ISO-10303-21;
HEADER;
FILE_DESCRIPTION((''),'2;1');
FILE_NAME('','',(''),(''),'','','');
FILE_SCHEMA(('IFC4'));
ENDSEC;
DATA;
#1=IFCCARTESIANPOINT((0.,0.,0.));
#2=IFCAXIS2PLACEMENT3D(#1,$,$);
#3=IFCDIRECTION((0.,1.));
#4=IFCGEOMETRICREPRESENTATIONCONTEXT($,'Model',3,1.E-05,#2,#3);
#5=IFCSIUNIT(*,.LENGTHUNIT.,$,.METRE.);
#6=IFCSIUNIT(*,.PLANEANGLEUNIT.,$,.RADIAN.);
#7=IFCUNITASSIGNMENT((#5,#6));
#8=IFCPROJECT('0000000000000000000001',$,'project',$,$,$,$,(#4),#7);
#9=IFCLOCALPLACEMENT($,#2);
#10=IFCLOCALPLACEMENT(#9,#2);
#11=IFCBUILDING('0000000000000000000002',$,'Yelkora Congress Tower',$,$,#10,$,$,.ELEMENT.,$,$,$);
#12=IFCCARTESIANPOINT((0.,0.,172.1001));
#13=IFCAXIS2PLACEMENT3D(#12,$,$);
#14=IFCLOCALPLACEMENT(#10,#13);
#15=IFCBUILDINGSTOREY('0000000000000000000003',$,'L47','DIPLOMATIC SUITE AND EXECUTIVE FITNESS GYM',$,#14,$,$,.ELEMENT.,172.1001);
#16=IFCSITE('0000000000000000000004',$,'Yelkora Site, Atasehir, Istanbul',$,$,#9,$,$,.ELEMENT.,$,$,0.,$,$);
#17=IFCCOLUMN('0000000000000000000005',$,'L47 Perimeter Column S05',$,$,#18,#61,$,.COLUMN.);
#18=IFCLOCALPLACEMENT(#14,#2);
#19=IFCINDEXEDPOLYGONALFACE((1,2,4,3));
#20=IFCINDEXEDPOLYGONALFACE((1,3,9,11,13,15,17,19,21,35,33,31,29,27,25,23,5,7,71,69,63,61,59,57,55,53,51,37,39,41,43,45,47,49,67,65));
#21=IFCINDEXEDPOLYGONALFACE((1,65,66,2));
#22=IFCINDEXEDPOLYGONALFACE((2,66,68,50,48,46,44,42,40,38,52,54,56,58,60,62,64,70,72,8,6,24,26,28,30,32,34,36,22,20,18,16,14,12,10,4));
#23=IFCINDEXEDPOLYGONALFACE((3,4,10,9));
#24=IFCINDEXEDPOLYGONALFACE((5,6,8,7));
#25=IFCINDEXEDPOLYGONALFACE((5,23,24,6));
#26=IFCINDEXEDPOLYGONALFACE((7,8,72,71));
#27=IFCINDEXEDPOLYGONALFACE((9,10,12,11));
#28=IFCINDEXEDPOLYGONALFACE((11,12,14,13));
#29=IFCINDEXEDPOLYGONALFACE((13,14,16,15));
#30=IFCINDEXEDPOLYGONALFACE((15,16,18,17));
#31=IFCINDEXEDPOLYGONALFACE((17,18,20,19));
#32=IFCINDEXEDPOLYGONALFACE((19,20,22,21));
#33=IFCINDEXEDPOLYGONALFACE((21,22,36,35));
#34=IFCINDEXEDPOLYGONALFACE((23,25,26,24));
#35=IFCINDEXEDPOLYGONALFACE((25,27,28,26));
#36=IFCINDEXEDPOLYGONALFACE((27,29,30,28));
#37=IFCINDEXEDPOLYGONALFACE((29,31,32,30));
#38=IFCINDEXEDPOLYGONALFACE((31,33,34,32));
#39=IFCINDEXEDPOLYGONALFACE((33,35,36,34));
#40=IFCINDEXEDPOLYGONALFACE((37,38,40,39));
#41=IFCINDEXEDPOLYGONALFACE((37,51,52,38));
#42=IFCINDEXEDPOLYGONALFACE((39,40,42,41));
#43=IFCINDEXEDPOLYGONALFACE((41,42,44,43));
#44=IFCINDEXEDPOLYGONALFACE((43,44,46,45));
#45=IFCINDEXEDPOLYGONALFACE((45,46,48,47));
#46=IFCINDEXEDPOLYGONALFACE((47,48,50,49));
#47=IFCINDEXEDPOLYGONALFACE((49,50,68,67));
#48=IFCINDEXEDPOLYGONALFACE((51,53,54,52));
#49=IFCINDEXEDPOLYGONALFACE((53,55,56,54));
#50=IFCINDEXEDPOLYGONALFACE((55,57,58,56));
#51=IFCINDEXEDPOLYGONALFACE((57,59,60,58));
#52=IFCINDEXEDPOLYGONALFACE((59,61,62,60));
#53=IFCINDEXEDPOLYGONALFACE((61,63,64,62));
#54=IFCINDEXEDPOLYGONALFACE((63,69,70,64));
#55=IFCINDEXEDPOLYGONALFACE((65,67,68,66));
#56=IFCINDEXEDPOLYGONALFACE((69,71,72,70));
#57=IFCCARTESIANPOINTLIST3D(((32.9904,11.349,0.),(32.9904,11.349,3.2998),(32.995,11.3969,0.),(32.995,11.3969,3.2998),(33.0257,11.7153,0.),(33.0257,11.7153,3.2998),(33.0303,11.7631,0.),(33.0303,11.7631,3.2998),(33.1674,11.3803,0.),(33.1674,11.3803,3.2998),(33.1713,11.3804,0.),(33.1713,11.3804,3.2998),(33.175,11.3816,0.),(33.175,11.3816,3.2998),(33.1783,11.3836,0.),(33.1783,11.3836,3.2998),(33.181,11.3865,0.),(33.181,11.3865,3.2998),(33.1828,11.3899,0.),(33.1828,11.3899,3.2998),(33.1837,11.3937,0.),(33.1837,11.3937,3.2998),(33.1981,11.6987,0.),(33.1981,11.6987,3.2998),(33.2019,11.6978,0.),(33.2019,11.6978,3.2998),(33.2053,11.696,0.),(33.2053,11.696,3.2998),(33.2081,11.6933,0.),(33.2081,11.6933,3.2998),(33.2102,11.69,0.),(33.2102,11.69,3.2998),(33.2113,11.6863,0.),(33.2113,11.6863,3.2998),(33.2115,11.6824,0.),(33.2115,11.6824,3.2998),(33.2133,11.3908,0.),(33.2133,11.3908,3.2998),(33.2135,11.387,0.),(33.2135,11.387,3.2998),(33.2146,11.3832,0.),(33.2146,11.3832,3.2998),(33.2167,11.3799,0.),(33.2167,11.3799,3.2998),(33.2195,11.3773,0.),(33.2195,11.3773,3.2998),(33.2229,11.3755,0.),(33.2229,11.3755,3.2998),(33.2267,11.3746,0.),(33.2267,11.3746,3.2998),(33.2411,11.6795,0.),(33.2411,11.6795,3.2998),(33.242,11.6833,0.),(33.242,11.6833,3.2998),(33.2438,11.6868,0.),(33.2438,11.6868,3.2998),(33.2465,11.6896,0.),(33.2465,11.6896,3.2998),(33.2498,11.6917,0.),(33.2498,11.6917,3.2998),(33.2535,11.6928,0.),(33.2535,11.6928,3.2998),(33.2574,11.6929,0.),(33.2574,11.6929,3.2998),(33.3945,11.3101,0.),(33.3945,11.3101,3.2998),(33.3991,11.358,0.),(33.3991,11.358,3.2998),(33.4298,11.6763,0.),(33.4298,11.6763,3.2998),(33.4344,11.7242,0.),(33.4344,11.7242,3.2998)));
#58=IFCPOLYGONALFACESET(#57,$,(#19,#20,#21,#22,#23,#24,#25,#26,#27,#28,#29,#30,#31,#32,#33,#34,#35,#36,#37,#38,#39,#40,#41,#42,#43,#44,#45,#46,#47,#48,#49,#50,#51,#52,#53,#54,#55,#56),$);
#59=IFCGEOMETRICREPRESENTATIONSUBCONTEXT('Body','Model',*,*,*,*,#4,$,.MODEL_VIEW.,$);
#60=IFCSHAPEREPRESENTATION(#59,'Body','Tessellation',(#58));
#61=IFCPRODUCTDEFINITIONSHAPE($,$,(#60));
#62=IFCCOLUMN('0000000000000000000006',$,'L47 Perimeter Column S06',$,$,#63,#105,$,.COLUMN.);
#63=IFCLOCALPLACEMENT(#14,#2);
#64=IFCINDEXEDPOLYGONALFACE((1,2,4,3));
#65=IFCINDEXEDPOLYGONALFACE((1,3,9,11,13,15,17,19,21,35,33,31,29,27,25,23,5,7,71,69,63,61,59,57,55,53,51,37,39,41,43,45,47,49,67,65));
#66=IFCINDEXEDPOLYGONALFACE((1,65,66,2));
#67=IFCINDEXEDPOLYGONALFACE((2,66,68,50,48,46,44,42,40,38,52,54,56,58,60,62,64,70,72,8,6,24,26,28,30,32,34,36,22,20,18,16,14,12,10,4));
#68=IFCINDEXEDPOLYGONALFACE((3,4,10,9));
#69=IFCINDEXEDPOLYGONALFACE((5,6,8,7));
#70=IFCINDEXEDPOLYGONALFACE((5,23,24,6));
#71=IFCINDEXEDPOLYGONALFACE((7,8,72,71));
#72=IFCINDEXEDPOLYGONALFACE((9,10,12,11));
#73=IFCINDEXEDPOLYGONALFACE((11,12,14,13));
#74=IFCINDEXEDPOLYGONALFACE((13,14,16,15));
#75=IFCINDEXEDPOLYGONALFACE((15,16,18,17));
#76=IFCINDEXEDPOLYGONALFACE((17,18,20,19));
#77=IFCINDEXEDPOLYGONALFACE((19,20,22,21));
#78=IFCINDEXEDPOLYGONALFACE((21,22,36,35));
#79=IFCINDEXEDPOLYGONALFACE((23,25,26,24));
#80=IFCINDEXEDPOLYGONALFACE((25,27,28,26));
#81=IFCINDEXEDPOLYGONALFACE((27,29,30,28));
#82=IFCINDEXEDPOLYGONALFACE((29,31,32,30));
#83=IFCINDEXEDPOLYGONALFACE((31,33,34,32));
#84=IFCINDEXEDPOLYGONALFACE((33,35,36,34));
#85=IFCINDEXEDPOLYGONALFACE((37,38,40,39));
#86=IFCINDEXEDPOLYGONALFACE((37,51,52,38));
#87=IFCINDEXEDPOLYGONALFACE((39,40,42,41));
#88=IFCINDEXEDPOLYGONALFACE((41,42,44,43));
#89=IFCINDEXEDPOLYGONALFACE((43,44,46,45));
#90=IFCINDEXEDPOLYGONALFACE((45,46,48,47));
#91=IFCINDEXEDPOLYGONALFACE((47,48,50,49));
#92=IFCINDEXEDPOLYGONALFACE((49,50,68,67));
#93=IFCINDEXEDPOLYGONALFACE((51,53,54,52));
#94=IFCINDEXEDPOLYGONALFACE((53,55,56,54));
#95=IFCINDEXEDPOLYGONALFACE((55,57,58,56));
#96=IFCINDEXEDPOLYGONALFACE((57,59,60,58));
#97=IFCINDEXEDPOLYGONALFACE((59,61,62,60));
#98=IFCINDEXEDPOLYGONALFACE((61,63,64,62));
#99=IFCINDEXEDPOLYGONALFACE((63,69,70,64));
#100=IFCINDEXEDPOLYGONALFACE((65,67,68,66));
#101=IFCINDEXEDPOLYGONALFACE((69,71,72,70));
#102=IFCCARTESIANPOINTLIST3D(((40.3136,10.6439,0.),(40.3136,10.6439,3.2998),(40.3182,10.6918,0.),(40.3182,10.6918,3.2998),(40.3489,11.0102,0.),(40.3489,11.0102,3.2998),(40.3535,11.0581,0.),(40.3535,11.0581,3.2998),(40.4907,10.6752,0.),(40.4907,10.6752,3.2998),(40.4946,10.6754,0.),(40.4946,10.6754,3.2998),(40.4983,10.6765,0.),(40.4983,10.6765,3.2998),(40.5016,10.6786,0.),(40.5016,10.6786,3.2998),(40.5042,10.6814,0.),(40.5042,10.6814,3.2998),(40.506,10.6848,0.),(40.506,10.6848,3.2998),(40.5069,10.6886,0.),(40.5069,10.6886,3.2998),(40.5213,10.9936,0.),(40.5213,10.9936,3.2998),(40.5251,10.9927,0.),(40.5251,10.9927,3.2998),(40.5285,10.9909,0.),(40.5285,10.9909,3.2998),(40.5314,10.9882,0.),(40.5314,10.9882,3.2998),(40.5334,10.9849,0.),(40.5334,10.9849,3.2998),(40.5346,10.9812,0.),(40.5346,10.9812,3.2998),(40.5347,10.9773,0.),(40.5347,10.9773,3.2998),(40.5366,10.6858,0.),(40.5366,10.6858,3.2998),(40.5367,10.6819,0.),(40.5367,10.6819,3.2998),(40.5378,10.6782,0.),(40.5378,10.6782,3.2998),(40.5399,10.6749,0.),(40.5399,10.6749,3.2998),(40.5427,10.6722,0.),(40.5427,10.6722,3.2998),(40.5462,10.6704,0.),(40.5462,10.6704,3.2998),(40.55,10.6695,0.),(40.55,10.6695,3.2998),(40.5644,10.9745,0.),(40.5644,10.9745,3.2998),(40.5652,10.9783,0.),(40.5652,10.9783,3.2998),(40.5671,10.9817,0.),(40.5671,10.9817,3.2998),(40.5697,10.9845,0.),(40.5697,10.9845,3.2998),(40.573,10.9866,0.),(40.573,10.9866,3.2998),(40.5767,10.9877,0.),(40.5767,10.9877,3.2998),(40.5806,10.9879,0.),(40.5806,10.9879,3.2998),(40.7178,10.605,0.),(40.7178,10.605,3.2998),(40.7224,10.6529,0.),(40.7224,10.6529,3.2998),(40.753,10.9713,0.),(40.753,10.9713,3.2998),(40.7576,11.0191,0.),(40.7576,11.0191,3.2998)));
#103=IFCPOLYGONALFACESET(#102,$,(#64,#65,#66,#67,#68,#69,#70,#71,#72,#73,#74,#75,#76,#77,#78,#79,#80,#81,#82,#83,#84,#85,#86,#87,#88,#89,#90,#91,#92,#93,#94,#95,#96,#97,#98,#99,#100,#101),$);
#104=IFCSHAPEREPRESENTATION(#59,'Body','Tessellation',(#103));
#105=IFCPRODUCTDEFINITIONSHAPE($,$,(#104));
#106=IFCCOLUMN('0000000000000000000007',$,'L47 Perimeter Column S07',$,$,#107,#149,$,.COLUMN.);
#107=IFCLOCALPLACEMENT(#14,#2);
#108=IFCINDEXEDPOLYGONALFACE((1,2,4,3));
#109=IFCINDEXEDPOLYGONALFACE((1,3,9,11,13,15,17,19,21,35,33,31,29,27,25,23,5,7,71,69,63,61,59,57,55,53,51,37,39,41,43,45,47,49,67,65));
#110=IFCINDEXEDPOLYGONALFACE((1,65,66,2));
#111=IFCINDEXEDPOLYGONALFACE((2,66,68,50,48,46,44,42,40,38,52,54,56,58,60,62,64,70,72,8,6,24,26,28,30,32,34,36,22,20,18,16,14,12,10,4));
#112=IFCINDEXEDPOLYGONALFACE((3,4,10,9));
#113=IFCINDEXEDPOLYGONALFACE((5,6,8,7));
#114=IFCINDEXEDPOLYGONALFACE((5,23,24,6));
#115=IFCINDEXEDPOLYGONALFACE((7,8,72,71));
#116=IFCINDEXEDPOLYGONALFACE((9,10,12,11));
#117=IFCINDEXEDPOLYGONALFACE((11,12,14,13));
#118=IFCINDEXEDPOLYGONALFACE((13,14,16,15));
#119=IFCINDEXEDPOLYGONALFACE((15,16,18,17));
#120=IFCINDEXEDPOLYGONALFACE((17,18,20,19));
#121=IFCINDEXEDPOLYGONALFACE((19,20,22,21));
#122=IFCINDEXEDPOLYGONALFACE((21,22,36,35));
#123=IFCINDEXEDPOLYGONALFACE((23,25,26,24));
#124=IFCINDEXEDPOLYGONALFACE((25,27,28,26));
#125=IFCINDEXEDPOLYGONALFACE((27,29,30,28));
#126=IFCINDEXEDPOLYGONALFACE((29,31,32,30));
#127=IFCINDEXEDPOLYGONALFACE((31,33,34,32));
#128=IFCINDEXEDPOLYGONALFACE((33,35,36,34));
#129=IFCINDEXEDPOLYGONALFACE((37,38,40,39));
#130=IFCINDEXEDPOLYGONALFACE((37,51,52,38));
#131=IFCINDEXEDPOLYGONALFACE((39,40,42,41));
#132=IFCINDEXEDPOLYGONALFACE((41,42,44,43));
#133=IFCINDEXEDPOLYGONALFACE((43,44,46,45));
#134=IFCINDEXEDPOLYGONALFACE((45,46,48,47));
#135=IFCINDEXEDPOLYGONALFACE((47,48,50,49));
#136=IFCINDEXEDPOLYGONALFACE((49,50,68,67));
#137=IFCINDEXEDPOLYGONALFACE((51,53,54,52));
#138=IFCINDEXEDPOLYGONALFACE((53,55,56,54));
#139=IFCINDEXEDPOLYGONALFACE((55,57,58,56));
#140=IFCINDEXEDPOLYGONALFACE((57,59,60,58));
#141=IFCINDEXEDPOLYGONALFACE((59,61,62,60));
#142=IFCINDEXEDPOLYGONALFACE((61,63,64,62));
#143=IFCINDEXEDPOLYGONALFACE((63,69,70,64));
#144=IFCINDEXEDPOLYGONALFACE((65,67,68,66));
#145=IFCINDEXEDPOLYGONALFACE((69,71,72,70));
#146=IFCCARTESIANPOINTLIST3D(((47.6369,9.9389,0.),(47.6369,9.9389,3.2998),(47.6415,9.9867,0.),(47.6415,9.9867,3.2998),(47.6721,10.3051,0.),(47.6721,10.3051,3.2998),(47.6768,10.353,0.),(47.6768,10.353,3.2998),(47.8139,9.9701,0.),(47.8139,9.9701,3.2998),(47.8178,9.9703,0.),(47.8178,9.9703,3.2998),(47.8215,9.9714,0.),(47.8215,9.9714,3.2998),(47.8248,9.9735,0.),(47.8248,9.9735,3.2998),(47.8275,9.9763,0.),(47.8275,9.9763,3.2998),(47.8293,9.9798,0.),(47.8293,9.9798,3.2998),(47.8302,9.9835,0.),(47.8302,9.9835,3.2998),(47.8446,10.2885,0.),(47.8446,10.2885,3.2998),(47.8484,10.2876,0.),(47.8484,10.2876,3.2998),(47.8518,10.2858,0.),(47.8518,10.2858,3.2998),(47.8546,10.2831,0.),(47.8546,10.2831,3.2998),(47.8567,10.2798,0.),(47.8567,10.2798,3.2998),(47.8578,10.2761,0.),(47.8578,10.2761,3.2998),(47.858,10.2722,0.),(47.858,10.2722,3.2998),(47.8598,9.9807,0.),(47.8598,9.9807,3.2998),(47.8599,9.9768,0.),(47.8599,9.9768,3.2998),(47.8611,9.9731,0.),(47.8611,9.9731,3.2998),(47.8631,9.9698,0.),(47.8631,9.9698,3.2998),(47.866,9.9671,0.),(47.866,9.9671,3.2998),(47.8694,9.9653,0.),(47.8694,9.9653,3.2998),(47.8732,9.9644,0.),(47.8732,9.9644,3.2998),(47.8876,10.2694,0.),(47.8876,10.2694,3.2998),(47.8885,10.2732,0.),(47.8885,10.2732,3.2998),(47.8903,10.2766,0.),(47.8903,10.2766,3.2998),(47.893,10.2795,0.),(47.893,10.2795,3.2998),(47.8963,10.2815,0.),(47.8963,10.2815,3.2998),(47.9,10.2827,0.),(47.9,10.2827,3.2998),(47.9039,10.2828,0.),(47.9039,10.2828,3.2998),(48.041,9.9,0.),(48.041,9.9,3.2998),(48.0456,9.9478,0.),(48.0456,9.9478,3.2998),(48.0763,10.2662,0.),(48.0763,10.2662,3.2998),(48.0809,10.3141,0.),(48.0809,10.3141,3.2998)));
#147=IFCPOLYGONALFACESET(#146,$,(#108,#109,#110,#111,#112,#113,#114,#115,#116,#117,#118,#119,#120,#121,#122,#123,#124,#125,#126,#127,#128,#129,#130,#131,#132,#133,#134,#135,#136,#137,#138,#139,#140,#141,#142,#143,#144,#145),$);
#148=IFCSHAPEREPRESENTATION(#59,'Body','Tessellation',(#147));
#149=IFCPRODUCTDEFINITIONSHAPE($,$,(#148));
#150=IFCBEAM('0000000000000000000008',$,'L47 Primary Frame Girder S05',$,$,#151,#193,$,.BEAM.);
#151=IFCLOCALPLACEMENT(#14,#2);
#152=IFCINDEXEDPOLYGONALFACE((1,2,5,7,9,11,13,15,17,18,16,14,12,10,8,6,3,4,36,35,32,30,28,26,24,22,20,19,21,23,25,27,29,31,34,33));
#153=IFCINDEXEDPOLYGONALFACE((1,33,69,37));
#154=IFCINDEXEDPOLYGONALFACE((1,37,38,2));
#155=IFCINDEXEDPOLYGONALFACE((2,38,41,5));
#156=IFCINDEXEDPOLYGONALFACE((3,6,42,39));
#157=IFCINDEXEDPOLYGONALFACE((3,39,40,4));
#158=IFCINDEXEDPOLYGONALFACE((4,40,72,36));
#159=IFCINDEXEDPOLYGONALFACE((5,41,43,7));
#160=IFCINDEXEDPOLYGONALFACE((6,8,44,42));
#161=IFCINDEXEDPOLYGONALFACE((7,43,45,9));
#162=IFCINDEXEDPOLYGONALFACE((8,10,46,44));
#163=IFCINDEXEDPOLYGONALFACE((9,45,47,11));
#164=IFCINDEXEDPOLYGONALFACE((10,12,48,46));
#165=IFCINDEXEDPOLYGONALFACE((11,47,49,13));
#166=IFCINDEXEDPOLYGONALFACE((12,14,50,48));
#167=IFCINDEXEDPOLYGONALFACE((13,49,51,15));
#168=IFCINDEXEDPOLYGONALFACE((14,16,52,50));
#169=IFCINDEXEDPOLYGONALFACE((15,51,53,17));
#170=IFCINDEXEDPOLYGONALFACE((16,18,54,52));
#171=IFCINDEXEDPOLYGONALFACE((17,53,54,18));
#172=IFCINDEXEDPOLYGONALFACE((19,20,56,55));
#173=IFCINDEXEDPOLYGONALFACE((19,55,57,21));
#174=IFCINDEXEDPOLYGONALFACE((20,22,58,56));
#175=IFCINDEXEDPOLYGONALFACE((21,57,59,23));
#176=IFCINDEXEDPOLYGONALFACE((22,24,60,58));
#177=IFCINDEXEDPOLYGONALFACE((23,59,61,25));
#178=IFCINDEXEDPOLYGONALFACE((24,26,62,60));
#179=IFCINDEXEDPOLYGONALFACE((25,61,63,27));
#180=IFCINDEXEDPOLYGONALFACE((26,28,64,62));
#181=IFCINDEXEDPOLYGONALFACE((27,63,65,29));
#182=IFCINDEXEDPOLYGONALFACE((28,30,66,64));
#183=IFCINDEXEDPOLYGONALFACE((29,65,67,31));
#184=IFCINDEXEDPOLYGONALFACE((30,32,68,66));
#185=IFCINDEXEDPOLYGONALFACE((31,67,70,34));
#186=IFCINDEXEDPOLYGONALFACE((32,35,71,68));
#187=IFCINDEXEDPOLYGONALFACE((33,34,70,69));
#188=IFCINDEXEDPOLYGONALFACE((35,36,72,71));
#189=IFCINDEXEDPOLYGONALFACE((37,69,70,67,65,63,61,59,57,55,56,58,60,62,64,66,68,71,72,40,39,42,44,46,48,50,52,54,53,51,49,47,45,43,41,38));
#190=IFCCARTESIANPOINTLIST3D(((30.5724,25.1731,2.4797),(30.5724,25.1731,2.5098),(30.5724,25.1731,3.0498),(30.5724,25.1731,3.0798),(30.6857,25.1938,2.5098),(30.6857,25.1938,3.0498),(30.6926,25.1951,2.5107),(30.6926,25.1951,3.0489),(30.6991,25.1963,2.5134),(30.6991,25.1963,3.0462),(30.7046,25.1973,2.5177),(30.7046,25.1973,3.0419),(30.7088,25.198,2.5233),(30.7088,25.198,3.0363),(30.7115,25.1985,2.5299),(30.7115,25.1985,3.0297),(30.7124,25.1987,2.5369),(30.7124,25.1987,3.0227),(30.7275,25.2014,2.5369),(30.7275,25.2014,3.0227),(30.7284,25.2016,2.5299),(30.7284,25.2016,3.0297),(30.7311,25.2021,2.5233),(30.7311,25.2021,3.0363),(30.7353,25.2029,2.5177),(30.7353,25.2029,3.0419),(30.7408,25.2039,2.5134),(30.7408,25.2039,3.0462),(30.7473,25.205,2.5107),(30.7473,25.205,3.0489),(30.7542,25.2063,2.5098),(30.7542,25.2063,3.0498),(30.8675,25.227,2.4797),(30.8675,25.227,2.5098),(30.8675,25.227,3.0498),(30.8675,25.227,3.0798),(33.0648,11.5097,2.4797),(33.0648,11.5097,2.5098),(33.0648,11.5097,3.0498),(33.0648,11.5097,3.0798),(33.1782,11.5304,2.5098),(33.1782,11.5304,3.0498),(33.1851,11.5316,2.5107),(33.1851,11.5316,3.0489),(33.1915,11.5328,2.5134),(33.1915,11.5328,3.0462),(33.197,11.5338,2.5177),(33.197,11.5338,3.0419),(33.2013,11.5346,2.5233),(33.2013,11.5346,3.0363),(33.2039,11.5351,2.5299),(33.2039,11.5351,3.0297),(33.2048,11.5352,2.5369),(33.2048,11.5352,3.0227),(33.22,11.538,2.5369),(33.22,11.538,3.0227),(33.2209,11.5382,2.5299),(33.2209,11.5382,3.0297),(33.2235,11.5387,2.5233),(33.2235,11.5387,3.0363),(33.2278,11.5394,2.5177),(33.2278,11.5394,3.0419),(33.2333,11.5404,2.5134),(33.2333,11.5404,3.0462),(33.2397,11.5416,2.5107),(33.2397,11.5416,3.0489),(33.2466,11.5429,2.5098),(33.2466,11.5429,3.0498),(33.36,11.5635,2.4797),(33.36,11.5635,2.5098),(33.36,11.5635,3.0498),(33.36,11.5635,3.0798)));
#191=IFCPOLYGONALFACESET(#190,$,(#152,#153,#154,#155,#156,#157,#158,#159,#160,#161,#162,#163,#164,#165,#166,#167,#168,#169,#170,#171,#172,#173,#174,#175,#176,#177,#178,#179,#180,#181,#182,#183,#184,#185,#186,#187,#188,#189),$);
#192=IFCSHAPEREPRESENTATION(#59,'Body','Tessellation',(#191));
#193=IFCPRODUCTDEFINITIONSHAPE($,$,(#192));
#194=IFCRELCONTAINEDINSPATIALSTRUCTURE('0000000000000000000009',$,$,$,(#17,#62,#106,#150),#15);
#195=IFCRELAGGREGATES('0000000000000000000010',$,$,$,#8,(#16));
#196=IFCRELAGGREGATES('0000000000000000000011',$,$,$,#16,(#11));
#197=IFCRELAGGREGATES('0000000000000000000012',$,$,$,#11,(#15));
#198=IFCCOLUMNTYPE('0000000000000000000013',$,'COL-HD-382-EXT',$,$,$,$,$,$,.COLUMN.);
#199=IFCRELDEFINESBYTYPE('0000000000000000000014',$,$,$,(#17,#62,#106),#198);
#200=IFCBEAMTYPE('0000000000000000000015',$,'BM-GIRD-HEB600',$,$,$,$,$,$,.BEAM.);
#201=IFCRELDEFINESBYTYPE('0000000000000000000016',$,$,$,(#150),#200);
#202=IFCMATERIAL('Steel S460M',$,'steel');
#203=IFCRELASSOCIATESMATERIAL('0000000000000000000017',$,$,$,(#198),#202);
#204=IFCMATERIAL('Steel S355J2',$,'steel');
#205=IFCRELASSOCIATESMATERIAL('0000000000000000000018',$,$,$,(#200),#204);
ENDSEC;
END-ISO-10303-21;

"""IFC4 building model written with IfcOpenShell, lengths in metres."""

from ifc_helpers import new_model, si_unit, direction, frame, origin, origin_2d, place, context, subcontext, project, spatial, i_section, extrude, material, material_profile, profile_set, type_object, element, save


model = new_model("IFC4")

# Units and contexts
model_context = context("Model", 3, precision=1e-05, world=origin(), true_north=direction((0.0, 1.0)))
body_context = subcontext(model_context, "Body", "Model", "MODEL_VIEW")
ifc_project = project(units=[si_unit("LENGTHUNIT", "METRE"), si_unit("PLANEANGLEUNIT", "RADIAN")], contexts=[model_context])

# Site, building, storey
site_placement = place(None, origin())
site = spatial("IfcSite", under=ifc_project, at=site_placement, Name="Yelkora Site, Atasehir, Istanbul", CompositionType="ELEMENT", RefElevation=0.0)
building_placement = place(site_placement, origin())
building = spatial("IfcBuilding", under=site, at=building_placement, Name="Yelkora Congress Tower", CompositionType="ELEMENT")
storey_placement = place(building_placement, frame((0.0, 0.0, 172.1001)))
storey = spatial("IfcBuildingStorey", under=building, at=storey_placement, Name="L47", Description="DIPLOMATIC SUITE AND EXECUTIVE FITNESS GYM", CompositionType="ELEMENT", Elevation=172.1001)

# Columns
ifc_material_1 = material(Name="Steel S460M", Category="steel")
ifc_material_profile_1 = material_profile(ifc_material_1, i_section(OverallWidth=0.406, OverallDepth=0.416, WebThickness=0.0298, FlangeThickness=0.0481, FilletRadius=0.0149, at=origin_2d()), Name="HD 400x382")
ifc_profile_set_1 = profile_set([ifc_material_profile_1], Name="Steel S460M")
column_type = type_object("IfcColumnType", Name="COL-HD-382-EXT", PredefinedType="COLUMN", material=ifc_profile_set_1)
for number, where, z_axis, x_axis, name in (
    (1, (33.2124, 11.5366, 0.0), (0.0, 0.0, 1.0), (0.995396, -0.095846, 0.0), "L47 Perimeter Column S05"),
    (2, (40.5356, 10.8315, 0.0), (0.0, 0.0, 1.0), (0.995396, -0.095846, 0.0), "L47 Perimeter Column S06"),
    (3, (47.8589, 10.1265, 0.0), (0.0, 0.0, 1.0), (0.995396, -0.095846, 0.0), "L47 Perimeter Column S07"),
):
    element("IfcColumn", number, at=place(storey_placement, frame(where, z_axis=z_axis, x_axis=x_axis)), inside=storey, type_object=column_type, Name=name, PredefinedType="COLUMN", context=body_context, shape_type="SweptSolid", body=[
        extrude(i_section(OverallWidth=0.406, OverallDepth=0.416, WebThickness=0.0298, FlangeThickness=0.0481, FilletRadius=0.0149, at=origin_2d()), origin(), (0.0, 0.0, 1.0), 3.2998),
    ])

# Beam
ifc_material_2 = material(Name="Steel S355J2", Category="steel")
ifc_material_profile_2 = material_profile(ifc_material_2, i_section(OverallWidth=0.3, OverallDepth=0.6001, WebThickness=0.0154, FlangeThickness=0.03, FilletRadius=0.0271, at=origin_2d()), Name="HEB 600")
ifc_profile_set_2 = profile_set([ifc_material_profile_2], Name="Steel S355J2")
beam_type_1 = type_object("IfcBeamType", Name="BM-GIRD-HEB600", PredefinedType="BEAM", material=ifc_profile_set_2)
beam_1_placement = place(storey_placement, frame((33.2124, 11.5366, 2.7798), z_axis=(-0.179456, 0.983766, 0.0), x_axis=(-0.983766, -0.179456, 0.0)))
element("IfcBeam", 4, at=beam_1_placement, inside=storey, type_object=beam_type_1, Name="L47 Primary Frame Girder S05", PredefinedType="BEAM", context=body_context, shape_type="SweptSolid", body=[
    extrude(i_section(OverallWidth=0.3, OverallDepth=0.6001, WebThickness=0.0154, FlangeThickness=0.03, FilletRadius=0.0271, at=origin_2d()), origin(), (0.0, 0.0, 1.0), 13.8889),
])

save(model, "model.ifc")
